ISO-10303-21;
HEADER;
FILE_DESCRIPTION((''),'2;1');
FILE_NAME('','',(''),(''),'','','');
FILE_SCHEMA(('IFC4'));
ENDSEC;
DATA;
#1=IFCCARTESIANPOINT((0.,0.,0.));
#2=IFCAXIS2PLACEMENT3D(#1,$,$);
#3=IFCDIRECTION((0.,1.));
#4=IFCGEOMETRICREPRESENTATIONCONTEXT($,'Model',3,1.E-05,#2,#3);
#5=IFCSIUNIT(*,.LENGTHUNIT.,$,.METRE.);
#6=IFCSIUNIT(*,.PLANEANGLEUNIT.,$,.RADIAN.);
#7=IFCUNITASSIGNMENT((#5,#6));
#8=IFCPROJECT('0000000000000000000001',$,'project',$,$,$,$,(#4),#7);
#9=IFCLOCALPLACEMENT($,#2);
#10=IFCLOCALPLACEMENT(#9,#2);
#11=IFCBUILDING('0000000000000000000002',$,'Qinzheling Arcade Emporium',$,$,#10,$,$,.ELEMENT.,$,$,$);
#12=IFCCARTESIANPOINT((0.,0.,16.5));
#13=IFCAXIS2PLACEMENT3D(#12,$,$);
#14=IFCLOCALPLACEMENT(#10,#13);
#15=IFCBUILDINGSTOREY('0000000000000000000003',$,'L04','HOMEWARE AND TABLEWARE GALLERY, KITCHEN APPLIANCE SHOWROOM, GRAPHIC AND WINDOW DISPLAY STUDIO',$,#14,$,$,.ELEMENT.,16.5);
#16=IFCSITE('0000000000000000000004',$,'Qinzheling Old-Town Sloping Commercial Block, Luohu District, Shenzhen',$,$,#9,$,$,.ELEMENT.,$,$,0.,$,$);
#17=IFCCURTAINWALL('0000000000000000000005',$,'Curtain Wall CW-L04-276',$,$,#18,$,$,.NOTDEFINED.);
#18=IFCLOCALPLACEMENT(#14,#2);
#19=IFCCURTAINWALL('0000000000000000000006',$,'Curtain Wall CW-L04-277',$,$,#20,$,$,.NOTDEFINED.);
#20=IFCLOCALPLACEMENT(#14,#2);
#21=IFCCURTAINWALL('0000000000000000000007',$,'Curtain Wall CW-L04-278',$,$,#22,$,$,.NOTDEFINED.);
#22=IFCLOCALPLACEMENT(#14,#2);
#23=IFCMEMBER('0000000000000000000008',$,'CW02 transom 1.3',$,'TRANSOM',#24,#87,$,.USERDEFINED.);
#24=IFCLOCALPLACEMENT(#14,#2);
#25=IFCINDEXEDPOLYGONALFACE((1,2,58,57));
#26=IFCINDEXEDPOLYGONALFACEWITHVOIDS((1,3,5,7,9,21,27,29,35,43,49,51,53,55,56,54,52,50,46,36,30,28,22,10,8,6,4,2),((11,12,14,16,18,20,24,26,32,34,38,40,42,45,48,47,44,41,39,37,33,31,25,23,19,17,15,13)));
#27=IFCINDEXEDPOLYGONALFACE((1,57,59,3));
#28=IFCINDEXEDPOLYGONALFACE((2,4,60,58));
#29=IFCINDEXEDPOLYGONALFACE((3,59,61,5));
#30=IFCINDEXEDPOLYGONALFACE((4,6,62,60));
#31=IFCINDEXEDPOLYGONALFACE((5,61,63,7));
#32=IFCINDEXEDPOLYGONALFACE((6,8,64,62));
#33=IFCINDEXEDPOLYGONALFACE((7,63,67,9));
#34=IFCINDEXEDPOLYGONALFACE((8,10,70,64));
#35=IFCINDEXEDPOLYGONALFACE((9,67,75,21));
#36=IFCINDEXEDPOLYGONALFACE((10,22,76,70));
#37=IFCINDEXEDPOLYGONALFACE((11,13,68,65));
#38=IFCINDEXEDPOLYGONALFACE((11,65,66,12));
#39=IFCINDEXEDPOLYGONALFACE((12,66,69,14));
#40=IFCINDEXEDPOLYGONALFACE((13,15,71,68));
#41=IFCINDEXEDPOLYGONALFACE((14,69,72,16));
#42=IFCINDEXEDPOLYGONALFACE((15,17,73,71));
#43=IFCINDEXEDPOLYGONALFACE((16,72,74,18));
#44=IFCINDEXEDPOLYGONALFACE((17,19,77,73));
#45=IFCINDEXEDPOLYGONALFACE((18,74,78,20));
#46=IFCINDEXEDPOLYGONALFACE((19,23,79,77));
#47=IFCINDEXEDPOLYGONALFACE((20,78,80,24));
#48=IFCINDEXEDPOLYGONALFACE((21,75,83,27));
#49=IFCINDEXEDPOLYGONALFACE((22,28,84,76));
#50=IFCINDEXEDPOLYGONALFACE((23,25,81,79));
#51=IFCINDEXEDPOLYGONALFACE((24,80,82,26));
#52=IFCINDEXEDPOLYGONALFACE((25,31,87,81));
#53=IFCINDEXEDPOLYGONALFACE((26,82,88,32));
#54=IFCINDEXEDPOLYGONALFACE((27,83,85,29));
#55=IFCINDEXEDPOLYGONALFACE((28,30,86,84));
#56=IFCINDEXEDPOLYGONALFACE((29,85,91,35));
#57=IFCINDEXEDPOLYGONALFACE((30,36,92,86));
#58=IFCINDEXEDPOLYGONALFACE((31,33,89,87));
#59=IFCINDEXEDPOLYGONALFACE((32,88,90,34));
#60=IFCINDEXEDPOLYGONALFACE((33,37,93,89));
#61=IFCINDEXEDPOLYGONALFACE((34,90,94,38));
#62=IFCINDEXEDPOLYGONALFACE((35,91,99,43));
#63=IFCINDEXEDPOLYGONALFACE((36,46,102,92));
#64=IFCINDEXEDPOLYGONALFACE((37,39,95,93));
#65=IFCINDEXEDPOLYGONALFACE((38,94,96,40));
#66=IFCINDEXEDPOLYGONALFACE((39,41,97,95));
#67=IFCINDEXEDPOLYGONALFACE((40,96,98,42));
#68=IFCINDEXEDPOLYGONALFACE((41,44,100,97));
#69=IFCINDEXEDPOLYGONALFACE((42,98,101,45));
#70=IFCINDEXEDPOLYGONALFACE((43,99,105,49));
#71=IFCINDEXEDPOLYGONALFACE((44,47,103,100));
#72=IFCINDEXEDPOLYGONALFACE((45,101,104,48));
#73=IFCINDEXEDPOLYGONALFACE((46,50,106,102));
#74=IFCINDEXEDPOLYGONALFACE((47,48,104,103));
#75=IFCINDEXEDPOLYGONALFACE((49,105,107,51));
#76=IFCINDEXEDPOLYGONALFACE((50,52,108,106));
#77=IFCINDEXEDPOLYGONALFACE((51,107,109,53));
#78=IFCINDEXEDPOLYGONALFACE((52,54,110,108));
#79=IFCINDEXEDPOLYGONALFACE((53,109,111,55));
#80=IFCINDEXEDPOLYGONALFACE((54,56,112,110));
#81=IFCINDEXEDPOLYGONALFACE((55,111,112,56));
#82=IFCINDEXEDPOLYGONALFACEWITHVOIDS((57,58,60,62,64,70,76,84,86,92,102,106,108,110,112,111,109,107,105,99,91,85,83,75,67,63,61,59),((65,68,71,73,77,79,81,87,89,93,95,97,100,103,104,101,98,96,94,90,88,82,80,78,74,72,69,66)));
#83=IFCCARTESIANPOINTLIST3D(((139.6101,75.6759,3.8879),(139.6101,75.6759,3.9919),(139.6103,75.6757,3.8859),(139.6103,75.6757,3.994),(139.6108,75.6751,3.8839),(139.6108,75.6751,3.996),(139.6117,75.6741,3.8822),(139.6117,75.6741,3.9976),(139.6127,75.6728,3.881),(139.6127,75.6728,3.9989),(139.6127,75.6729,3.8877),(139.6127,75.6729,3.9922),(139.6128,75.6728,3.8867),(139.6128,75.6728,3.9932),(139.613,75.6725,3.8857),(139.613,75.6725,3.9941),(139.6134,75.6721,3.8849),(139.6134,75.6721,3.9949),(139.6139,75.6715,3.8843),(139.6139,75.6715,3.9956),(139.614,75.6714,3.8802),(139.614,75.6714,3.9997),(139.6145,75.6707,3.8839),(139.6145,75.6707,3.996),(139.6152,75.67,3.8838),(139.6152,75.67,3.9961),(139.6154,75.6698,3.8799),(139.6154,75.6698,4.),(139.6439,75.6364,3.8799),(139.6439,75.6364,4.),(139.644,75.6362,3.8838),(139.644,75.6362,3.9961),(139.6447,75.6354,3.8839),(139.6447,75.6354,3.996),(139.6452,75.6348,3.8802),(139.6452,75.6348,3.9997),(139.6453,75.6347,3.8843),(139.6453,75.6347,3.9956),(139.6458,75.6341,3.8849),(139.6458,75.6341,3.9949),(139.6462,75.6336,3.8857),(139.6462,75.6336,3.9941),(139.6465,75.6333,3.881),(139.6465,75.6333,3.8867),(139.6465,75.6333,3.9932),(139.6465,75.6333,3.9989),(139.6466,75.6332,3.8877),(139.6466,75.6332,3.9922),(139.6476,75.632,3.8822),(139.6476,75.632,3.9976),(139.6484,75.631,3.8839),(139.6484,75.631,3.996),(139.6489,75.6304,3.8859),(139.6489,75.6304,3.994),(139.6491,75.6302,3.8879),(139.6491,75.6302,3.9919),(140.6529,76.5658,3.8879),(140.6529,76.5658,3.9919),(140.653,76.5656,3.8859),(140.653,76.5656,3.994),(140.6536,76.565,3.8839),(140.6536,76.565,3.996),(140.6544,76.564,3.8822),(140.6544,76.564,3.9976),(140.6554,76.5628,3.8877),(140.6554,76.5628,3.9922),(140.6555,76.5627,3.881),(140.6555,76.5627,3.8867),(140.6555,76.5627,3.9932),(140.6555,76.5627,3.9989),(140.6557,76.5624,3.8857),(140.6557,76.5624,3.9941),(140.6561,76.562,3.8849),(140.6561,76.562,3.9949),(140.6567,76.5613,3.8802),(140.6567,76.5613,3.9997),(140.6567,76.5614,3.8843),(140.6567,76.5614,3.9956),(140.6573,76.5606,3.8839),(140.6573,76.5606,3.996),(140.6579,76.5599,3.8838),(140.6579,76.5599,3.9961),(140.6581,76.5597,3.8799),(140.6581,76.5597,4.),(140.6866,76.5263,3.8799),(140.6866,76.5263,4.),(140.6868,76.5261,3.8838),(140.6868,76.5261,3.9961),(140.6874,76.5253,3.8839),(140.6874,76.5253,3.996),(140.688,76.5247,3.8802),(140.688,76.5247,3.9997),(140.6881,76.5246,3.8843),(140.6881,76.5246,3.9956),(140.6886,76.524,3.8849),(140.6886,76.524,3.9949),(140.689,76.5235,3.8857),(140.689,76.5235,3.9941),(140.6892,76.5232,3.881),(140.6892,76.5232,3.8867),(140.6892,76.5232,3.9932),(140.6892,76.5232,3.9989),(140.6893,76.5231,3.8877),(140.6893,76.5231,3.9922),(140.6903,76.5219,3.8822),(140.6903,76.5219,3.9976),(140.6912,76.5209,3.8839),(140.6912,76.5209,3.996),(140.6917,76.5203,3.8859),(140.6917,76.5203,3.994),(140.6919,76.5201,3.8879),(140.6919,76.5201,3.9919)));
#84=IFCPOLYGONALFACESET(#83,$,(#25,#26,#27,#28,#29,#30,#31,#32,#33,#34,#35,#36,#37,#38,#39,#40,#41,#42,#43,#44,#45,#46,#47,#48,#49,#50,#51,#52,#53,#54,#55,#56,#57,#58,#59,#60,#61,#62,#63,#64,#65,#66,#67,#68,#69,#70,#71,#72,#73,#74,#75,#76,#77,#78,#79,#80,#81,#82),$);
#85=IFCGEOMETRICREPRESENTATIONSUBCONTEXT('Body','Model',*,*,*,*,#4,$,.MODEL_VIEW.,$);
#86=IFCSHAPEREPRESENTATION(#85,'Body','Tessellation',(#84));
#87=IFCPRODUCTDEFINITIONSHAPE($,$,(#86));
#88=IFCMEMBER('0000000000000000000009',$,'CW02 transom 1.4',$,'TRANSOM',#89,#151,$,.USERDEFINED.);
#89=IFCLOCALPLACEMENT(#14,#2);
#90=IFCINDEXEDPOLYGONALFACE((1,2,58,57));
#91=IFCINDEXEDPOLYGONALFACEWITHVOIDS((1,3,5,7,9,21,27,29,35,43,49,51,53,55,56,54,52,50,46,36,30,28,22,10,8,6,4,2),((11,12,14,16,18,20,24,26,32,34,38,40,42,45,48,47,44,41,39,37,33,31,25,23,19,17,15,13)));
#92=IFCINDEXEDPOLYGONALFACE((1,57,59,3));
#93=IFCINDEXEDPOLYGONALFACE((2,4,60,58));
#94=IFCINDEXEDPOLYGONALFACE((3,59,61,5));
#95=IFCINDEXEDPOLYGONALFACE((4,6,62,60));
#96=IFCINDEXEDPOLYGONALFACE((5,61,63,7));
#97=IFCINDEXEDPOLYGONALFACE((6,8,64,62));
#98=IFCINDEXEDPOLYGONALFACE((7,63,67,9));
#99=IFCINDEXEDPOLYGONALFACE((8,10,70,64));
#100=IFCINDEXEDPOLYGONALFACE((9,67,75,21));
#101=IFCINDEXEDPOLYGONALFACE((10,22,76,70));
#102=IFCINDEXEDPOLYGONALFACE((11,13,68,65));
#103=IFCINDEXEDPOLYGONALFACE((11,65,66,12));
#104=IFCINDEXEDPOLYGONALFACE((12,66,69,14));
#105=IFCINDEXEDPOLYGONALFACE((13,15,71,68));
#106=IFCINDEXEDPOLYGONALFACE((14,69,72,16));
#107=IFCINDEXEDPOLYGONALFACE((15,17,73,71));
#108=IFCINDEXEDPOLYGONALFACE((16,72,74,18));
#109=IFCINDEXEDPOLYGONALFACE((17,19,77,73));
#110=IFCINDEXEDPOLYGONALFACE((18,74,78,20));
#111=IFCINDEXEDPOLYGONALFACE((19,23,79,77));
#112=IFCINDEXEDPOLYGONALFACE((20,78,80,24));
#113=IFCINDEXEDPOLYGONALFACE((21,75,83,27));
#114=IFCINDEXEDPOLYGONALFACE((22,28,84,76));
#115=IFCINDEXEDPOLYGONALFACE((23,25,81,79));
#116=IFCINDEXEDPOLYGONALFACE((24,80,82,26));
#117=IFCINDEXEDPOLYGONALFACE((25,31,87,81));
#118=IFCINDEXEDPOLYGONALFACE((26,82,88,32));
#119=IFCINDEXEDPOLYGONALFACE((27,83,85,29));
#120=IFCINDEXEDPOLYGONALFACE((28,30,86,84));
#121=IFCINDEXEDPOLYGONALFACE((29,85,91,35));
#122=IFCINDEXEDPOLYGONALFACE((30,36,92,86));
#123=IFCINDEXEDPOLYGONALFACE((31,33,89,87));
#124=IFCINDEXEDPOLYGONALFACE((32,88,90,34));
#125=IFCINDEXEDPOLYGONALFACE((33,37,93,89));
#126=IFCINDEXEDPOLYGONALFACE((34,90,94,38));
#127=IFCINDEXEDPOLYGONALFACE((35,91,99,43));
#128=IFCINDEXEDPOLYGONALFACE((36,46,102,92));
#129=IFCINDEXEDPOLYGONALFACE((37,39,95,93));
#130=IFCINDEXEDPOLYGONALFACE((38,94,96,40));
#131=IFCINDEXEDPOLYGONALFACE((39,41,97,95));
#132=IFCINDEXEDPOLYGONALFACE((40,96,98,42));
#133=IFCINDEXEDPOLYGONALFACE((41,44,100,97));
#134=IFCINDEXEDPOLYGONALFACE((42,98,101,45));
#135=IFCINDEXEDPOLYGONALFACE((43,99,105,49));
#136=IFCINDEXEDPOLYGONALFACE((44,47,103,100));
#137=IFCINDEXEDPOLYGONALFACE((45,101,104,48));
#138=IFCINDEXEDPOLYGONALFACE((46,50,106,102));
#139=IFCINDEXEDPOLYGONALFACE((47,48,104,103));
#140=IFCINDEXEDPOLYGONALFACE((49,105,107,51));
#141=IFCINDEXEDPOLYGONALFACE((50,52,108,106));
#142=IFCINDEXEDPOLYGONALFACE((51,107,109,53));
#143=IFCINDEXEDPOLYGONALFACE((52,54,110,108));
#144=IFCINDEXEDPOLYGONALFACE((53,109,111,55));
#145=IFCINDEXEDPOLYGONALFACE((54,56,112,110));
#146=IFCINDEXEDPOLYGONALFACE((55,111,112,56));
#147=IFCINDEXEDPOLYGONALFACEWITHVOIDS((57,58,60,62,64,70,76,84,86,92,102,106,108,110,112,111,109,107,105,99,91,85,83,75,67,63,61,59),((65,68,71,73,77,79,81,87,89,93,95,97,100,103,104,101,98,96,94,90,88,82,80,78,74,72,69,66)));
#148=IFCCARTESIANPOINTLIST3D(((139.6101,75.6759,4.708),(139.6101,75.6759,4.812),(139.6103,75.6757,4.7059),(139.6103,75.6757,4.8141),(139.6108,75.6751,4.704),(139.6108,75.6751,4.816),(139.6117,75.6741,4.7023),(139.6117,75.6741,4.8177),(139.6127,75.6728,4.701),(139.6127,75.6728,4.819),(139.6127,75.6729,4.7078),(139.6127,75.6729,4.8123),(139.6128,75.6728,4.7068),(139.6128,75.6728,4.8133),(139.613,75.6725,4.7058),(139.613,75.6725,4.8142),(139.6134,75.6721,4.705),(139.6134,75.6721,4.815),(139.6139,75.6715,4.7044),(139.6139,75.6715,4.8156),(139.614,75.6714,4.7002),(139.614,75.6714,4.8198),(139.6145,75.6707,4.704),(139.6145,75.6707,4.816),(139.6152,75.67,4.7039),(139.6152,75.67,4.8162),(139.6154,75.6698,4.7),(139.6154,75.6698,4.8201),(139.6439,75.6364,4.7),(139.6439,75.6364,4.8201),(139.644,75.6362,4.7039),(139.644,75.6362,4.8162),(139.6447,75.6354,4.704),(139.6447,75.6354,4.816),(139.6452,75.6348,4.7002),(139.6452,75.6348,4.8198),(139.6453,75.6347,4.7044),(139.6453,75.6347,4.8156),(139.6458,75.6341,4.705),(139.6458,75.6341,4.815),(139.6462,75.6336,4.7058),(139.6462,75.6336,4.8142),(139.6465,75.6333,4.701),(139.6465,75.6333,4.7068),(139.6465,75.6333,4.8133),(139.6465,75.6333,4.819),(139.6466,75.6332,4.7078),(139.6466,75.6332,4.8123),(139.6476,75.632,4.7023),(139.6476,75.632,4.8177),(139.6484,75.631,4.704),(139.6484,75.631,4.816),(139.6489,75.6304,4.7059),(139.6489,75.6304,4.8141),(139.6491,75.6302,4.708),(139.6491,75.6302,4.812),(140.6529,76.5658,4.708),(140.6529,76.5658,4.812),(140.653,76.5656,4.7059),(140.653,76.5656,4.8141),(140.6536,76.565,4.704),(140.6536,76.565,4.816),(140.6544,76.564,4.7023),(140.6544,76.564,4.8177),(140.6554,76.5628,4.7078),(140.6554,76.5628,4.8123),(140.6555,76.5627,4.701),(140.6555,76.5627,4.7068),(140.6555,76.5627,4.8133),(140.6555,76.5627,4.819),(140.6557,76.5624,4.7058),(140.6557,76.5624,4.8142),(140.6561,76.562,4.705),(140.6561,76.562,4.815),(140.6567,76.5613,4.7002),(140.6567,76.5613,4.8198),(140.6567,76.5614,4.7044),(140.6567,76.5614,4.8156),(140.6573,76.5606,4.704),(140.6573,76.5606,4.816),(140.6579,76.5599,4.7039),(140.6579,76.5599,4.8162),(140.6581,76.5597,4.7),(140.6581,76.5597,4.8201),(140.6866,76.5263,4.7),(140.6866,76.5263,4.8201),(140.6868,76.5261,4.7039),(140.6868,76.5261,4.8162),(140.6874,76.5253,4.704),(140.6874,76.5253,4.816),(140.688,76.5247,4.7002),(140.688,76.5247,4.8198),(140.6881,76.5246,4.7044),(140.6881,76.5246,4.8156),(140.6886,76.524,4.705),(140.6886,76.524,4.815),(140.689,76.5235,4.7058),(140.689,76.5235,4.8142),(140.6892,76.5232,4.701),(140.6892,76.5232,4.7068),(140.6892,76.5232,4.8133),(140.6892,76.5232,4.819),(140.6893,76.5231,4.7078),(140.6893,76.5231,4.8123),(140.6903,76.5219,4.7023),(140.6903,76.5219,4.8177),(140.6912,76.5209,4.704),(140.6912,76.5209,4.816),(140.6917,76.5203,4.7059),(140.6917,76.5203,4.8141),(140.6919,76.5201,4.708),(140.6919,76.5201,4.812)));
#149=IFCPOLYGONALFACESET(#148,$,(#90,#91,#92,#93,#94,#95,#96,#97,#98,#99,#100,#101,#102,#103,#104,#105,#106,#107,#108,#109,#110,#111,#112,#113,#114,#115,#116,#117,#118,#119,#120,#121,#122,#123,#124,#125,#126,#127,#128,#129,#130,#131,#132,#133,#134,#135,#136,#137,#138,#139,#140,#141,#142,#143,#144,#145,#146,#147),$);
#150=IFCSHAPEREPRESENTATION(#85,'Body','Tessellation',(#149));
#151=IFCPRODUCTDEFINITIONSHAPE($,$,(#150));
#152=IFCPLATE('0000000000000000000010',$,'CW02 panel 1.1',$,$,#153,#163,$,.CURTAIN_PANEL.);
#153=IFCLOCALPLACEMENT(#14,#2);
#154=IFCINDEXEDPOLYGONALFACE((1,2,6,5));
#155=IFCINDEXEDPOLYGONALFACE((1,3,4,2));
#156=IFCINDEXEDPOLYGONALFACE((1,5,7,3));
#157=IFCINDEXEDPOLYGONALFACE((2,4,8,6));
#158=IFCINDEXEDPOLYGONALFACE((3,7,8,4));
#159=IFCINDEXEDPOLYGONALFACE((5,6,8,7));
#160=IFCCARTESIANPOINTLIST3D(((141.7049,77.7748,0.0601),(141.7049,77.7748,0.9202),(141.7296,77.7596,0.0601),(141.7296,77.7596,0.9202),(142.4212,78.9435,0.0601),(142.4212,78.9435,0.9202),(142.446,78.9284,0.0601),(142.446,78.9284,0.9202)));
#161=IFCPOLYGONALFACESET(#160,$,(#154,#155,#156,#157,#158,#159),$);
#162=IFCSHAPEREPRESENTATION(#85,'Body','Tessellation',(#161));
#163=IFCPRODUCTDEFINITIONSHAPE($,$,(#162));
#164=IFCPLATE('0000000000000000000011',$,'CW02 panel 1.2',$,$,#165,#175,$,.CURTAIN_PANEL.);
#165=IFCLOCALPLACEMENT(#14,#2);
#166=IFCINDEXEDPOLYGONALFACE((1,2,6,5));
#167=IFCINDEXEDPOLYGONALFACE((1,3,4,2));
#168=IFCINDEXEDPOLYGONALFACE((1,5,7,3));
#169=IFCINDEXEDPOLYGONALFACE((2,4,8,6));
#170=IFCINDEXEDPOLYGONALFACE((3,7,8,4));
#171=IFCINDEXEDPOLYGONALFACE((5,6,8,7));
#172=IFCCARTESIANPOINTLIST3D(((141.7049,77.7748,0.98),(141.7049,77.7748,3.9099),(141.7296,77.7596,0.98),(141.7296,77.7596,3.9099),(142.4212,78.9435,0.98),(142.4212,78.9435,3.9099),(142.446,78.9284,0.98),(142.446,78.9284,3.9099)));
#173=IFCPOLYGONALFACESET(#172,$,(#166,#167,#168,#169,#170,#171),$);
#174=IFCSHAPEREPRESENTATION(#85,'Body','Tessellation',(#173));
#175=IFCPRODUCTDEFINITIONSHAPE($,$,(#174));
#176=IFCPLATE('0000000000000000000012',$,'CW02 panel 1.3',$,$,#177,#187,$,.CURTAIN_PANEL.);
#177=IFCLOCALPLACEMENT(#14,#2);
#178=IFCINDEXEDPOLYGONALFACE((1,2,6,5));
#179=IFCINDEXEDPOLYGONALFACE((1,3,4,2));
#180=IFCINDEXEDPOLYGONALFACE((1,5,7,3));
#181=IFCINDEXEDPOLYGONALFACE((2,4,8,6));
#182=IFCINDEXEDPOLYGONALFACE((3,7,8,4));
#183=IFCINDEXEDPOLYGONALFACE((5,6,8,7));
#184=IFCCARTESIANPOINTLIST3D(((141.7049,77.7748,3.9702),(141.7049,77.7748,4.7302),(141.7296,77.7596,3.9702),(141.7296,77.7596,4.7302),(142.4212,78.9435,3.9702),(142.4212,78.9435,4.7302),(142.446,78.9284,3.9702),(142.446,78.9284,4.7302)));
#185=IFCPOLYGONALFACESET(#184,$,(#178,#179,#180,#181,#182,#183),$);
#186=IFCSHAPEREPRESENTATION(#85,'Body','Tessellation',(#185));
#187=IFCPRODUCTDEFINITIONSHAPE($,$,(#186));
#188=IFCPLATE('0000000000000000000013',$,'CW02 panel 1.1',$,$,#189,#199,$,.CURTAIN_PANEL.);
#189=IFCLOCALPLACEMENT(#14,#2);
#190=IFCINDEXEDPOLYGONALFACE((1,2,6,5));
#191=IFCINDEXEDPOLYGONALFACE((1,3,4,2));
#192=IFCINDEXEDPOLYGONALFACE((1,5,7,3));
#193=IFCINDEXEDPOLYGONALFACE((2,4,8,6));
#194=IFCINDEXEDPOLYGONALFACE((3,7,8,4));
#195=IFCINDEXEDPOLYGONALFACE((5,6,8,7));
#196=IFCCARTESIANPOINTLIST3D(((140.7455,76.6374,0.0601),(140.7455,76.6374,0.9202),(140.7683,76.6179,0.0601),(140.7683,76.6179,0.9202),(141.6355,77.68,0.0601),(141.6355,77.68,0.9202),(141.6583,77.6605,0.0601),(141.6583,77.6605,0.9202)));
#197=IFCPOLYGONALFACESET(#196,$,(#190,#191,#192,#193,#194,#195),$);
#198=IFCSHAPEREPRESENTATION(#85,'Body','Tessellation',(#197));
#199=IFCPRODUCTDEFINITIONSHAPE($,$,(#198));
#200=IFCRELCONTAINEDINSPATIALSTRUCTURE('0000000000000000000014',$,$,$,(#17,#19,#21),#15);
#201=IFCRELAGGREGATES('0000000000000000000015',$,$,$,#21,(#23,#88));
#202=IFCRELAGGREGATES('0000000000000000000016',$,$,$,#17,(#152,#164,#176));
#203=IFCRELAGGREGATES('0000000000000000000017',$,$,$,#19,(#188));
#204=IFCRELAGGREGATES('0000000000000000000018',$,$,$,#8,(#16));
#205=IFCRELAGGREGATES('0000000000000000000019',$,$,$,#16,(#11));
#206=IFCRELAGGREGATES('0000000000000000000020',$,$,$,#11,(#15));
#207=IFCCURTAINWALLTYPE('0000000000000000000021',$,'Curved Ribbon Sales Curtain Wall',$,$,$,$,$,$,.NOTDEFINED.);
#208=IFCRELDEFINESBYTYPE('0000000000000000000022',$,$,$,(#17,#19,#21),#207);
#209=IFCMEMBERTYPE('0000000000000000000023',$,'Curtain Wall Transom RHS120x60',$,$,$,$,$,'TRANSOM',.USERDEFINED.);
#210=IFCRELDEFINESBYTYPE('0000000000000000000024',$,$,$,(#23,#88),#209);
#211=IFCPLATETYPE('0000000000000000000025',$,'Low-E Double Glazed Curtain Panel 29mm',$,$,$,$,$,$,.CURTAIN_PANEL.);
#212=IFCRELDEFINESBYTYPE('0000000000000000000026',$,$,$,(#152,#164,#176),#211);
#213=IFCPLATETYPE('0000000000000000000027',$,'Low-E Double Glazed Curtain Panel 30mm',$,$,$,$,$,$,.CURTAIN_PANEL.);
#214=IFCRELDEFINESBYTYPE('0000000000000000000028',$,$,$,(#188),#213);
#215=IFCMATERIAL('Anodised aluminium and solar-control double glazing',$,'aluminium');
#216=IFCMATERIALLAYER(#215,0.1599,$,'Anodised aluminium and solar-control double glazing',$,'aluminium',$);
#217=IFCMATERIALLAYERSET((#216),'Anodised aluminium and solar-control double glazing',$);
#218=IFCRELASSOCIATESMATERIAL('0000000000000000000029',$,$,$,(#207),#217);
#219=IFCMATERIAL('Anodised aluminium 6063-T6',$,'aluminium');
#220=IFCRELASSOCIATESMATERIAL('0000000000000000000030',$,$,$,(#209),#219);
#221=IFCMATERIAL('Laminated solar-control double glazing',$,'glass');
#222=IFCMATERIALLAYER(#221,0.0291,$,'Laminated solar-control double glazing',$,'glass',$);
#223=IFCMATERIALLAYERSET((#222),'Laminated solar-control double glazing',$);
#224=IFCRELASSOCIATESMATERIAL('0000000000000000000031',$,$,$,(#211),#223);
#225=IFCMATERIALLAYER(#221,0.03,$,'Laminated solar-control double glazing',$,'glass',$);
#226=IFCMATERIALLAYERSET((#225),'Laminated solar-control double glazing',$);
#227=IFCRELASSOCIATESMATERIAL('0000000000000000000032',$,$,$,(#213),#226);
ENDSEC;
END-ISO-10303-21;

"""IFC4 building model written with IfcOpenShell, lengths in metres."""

from ifc_helpers import new_model, si_unit, direction, frame, origin, origin_2d, place, context, subcontext, project, spatial, rectangle, hollow_rectangle, extrude, material, layer, layer_set, material_profile, profile_set, type_object, element, aggregate, save


model = new_model("IFC4")

# Units and contexts
model_context = context("Model", 3, precision=1e-05, world=origin(), true_north=direction((0.0, 1.0)))
body_context = subcontext(model_context, "Body", "Model", "MODEL_VIEW")
ifc_project = project(units=[si_unit("LENGTHUNIT", "METRE"), si_unit("PLANEANGLEUNIT", "RADIAN")], contexts=[model_context])

# Site, building, storey
site_placement = place(None, origin())
site = spatial("IfcSite", under=ifc_project, at=site_placement, Name="Qinzheling Old-Town Sloping Commercial Block, Luohu District, Shenzhen", CompositionType="ELEMENT", RefElevation=0.0)
building_placement = place(site_placement, origin())
building = spatial("IfcBuilding", under=site, at=building_placement, Name="Qinzheling Arcade Emporium", CompositionType="ELEMENT")
storey_placement = place(building_placement, frame((0.0, 0.0, 16.5)))
storey = spatial("IfcBuildingStorey", under=building, at=storey_placement, Name="L04", Description="HOMEWARE AND TABLEWARE GALLERY, KITCHEN APPLIANCE SHOWROOM, GRAPHIC AND WINDOW DISPLAY STUDIO", CompositionType="ELEMENT", Elevation=16.5)

# Curtain wall
ifc_material_1 = material(Name="Anodised aluminium and solar-control double glazing", Category="aluminium")
ifc_layer_1 = layer(ifc_material_1, 0.1599, Name="Anodised aluminium and solar-control double glazing", Category="aluminium")
ifc_layer_set_1 = layer_set([ifc_layer_1], Name="Anodised aluminium and solar-control double glazing")
curtain_wall_type = type_object("IfcCurtainWallType", Name="Curved Ribbon Sales Curtain Wall", PredefinedType="NOTDEFINED", material=ifc_layer_set_1)
curtain_wall_1_placement = place(storey_placement, origin())
curtain_wall_1 = element("IfcCurtainWall", 1, at=curtain_wall_1_placement, inside=storey, type_object=curtain_wall_type, Name="Curtain Wall CW-L04-276", PredefinedType="NOTDEFINED")
ifc_material_2 = material(Name="Anodised aluminium 6063-T6", Category="aluminium")

# Curtain wall
curtain_wall_2_placement = place(storey_placement, origin())
curtain_wall_2 = element("IfcCurtainWall", 2, at=curtain_wall_2_placement, inside=storey, type_object=curtain_wall_type, Name="Curtain Wall CW-L04-277", PredefinedType="NOTDEFINED")

# Curtain wall
curtain_wall_3_placement = place(storey_placement, origin())
curtain_wall_3 = element("IfcCurtainWall", 3, at=curtain_wall_3_placement, inside=storey, type_object=curtain_wall_type, Name="Curtain Wall CW-L04-278", PredefinedType="NOTDEFINED")

# Members
ifc_material_profile_1 = material_profile(ifc_material_2, hollow_rectangle(XDim=0.0601, YDim=0.1201, WallThickness=0.0039, InnerFilletRadius=0.0039, OuterFilletRadius=0.0081, at=origin_2d()), Name="RHS 120x60x4", Category="aluminium")
ifc_profile_set_1 = profile_set([ifc_material_profile_1], Name="Anodised aluminium 6063-T6")
member_type_1 = type_object("IfcMemberType", Name="Curtain Wall Transom RHS120x60", ElementType="TRANSOM", PredefinedType="USERDEFINED", material=ifc_profile_set_1)
member_1_placement = place(storey_placement, frame((140.6724, 76.543, 3.9399), z_axis=(-0.76065, -0.649162, 0.0), x_axis=(0.649162, -0.76065, 0.0)))
member_1 = element("IfcMember", 4, at=member_1_placement, type_object=member_type_1, Name="CW02 transom 1.3", ObjectType="TRANSOM", PredefinedType="USERDEFINED", context=body_context, shape_type="SweptSolid", body=[
    extrude(hollow_rectangle(XDim=0.0601, YDim=0.1201, WallThickness=0.0039, InnerFilletRadius=0.0039, OuterFilletRadius=0.0081, at=origin_2d()), origin(), (0.0, 0.0, 1.0), 1.3708),
])
member_2_placement = place(storey_placement, frame((140.6724, 76.543, 4.76), z_axis=(-0.76065, -0.649162, 0.0), x_axis=(0.649162, -0.76065, 0.0)))
member_2 = element("IfcMember", 5, at=member_2_placement, type_object=member_type_1, Name="CW02 transom 1.4", ObjectType="TRANSOM", PredefinedType="USERDEFINED", context=body_context, shape_type="SweptSolid", body=[
    extrude(hollow_rectangle(XDim=0.0601, YDim=0.1201, WallThickness=0.0039, InnerFilletRadius=0.0039, OuterFilletRadius=0.0081, at=origin_2d()), origin(), (0.0, 0.0, 1.0), 1.3708),
])
aggregate(curtain_wall_3, [member_1, member_2])

# Plates
ifc_material_3 = material(Name="Laminated solar-control double glazing", Category="glass")
ifc_layer_2 = layer(ifc_material_3, 0.0291, Name="Laminated solar-control double glazing", Category="glass")
ifc_layer_set_2 = layer_set([ifc_layer_2], Name="Laminated solar-control double glazing")
plate_type_1 = type_object("IfcPlateType", Name="Low-E Double Glazed Curtain Panel 29mm", PredefinedType="CURTAIN_PANEL", material=ifc_layer_set_2)
plate_1_placement = place(storey_placement, frame((142.0754, 78.3516, 0.0601), z_axis=(0.0, 0.0, 1.0), x_axis=(-0.522562, -0.852601, 0.0)))
plate_1 = element("IfcPlate", 6, at=plate_1_placement, type_object=plate_type_1, Name="CW02 panel 1.1", PredefinedType="CURTAIN_PANEL", context=body_context, shape_type="SweptSolid", body=[
    extrude(rectangle(XDim=1.3708, YDim=0.0291, at=origin_2d()), origin(), (0.0, 0.0, 1.0), 0.8601),
])
plate_2_placement = place(storey_placement, frame((142.0754, 78.3516, 0.98), z_axis=(0.0, 0.0, 1.0), x_axis=(-0.522562, -0.852601, 0.0)))
plate_2 = element("IfcPlate", 7, at=plate_2_placement, type_object=plate_type_1, Name="CW02 panel 1.2", PredefinedType="CURTAIN_PANEL", context=body_context, shape_type="SweptSolid", body=[
    extrude(rectangle(XDim=1.3708, YDim=0.0291, at=origin_2d()), origin(), (0.0, 0.0, 1.0), 2.9299),
])
plate_3_placement = place(storey_placement, frame((142.0754, 78.3516, 3.9702), z_axis=(0.0, 0.0, 1.0), x_axis=(-0.522562, -0.852601, 0.0)))
plate_3 = element("IfcPlate", 8, at=plate_3_placement, type_object=plate_type_1, Name="CW02 panel 1.3", PredefinedType="CURTAIN_PANEL", context=body_context, shape_type="SweptSolid", body=[
    extrude(rectangle(XDim=1.3708, YDim=0.0291, at=origin_2d()), origin(), (0.0, 0.0, 1.0), 0.76),
])
aggregate(curtain_wall_1, [plate_1, plate_2, plate_3])
ifc_layer_3 = layer(ifc_material_3, 0.03, Name="Laminated solar-control double glazing", Category="glass")
ifc_layer_set_3 = layer_set([ifc_layer_3], Name="Laminated solar-control double glazing")
plate_type_2 = type_object("IfcPlateType", Name="Low-E Double Glazed Curtain Panel 30mm", PredefinedType="CURTAIN_PANEL", material=ifc_layer_set_3)
plate_4_placement = place(storey_placement, frame((141.2019, 77.1489, 0.0601), z_axis=(0.0, 0.0, 1.0), x_axis=(-0.649243, -0.760581, 0.0)))
plate_4 = element("IfcPlate", 9, at=plate_4_placement, type_object=plate_type_2, Name="CW02 panel 1.1", PredefinedType="CURTAIN_PANEL", context=body_context, shape_type="SweptSolid", body=[
    extrude(rectangle(XDim=1.3708, YDim=0.03, at=origin_2d()), origin(), (0.0, 0.0, 1.0), 0.8601),
])
aggregate(curtain_wall_2, [plate_4])

save(model, "model.ifc")
